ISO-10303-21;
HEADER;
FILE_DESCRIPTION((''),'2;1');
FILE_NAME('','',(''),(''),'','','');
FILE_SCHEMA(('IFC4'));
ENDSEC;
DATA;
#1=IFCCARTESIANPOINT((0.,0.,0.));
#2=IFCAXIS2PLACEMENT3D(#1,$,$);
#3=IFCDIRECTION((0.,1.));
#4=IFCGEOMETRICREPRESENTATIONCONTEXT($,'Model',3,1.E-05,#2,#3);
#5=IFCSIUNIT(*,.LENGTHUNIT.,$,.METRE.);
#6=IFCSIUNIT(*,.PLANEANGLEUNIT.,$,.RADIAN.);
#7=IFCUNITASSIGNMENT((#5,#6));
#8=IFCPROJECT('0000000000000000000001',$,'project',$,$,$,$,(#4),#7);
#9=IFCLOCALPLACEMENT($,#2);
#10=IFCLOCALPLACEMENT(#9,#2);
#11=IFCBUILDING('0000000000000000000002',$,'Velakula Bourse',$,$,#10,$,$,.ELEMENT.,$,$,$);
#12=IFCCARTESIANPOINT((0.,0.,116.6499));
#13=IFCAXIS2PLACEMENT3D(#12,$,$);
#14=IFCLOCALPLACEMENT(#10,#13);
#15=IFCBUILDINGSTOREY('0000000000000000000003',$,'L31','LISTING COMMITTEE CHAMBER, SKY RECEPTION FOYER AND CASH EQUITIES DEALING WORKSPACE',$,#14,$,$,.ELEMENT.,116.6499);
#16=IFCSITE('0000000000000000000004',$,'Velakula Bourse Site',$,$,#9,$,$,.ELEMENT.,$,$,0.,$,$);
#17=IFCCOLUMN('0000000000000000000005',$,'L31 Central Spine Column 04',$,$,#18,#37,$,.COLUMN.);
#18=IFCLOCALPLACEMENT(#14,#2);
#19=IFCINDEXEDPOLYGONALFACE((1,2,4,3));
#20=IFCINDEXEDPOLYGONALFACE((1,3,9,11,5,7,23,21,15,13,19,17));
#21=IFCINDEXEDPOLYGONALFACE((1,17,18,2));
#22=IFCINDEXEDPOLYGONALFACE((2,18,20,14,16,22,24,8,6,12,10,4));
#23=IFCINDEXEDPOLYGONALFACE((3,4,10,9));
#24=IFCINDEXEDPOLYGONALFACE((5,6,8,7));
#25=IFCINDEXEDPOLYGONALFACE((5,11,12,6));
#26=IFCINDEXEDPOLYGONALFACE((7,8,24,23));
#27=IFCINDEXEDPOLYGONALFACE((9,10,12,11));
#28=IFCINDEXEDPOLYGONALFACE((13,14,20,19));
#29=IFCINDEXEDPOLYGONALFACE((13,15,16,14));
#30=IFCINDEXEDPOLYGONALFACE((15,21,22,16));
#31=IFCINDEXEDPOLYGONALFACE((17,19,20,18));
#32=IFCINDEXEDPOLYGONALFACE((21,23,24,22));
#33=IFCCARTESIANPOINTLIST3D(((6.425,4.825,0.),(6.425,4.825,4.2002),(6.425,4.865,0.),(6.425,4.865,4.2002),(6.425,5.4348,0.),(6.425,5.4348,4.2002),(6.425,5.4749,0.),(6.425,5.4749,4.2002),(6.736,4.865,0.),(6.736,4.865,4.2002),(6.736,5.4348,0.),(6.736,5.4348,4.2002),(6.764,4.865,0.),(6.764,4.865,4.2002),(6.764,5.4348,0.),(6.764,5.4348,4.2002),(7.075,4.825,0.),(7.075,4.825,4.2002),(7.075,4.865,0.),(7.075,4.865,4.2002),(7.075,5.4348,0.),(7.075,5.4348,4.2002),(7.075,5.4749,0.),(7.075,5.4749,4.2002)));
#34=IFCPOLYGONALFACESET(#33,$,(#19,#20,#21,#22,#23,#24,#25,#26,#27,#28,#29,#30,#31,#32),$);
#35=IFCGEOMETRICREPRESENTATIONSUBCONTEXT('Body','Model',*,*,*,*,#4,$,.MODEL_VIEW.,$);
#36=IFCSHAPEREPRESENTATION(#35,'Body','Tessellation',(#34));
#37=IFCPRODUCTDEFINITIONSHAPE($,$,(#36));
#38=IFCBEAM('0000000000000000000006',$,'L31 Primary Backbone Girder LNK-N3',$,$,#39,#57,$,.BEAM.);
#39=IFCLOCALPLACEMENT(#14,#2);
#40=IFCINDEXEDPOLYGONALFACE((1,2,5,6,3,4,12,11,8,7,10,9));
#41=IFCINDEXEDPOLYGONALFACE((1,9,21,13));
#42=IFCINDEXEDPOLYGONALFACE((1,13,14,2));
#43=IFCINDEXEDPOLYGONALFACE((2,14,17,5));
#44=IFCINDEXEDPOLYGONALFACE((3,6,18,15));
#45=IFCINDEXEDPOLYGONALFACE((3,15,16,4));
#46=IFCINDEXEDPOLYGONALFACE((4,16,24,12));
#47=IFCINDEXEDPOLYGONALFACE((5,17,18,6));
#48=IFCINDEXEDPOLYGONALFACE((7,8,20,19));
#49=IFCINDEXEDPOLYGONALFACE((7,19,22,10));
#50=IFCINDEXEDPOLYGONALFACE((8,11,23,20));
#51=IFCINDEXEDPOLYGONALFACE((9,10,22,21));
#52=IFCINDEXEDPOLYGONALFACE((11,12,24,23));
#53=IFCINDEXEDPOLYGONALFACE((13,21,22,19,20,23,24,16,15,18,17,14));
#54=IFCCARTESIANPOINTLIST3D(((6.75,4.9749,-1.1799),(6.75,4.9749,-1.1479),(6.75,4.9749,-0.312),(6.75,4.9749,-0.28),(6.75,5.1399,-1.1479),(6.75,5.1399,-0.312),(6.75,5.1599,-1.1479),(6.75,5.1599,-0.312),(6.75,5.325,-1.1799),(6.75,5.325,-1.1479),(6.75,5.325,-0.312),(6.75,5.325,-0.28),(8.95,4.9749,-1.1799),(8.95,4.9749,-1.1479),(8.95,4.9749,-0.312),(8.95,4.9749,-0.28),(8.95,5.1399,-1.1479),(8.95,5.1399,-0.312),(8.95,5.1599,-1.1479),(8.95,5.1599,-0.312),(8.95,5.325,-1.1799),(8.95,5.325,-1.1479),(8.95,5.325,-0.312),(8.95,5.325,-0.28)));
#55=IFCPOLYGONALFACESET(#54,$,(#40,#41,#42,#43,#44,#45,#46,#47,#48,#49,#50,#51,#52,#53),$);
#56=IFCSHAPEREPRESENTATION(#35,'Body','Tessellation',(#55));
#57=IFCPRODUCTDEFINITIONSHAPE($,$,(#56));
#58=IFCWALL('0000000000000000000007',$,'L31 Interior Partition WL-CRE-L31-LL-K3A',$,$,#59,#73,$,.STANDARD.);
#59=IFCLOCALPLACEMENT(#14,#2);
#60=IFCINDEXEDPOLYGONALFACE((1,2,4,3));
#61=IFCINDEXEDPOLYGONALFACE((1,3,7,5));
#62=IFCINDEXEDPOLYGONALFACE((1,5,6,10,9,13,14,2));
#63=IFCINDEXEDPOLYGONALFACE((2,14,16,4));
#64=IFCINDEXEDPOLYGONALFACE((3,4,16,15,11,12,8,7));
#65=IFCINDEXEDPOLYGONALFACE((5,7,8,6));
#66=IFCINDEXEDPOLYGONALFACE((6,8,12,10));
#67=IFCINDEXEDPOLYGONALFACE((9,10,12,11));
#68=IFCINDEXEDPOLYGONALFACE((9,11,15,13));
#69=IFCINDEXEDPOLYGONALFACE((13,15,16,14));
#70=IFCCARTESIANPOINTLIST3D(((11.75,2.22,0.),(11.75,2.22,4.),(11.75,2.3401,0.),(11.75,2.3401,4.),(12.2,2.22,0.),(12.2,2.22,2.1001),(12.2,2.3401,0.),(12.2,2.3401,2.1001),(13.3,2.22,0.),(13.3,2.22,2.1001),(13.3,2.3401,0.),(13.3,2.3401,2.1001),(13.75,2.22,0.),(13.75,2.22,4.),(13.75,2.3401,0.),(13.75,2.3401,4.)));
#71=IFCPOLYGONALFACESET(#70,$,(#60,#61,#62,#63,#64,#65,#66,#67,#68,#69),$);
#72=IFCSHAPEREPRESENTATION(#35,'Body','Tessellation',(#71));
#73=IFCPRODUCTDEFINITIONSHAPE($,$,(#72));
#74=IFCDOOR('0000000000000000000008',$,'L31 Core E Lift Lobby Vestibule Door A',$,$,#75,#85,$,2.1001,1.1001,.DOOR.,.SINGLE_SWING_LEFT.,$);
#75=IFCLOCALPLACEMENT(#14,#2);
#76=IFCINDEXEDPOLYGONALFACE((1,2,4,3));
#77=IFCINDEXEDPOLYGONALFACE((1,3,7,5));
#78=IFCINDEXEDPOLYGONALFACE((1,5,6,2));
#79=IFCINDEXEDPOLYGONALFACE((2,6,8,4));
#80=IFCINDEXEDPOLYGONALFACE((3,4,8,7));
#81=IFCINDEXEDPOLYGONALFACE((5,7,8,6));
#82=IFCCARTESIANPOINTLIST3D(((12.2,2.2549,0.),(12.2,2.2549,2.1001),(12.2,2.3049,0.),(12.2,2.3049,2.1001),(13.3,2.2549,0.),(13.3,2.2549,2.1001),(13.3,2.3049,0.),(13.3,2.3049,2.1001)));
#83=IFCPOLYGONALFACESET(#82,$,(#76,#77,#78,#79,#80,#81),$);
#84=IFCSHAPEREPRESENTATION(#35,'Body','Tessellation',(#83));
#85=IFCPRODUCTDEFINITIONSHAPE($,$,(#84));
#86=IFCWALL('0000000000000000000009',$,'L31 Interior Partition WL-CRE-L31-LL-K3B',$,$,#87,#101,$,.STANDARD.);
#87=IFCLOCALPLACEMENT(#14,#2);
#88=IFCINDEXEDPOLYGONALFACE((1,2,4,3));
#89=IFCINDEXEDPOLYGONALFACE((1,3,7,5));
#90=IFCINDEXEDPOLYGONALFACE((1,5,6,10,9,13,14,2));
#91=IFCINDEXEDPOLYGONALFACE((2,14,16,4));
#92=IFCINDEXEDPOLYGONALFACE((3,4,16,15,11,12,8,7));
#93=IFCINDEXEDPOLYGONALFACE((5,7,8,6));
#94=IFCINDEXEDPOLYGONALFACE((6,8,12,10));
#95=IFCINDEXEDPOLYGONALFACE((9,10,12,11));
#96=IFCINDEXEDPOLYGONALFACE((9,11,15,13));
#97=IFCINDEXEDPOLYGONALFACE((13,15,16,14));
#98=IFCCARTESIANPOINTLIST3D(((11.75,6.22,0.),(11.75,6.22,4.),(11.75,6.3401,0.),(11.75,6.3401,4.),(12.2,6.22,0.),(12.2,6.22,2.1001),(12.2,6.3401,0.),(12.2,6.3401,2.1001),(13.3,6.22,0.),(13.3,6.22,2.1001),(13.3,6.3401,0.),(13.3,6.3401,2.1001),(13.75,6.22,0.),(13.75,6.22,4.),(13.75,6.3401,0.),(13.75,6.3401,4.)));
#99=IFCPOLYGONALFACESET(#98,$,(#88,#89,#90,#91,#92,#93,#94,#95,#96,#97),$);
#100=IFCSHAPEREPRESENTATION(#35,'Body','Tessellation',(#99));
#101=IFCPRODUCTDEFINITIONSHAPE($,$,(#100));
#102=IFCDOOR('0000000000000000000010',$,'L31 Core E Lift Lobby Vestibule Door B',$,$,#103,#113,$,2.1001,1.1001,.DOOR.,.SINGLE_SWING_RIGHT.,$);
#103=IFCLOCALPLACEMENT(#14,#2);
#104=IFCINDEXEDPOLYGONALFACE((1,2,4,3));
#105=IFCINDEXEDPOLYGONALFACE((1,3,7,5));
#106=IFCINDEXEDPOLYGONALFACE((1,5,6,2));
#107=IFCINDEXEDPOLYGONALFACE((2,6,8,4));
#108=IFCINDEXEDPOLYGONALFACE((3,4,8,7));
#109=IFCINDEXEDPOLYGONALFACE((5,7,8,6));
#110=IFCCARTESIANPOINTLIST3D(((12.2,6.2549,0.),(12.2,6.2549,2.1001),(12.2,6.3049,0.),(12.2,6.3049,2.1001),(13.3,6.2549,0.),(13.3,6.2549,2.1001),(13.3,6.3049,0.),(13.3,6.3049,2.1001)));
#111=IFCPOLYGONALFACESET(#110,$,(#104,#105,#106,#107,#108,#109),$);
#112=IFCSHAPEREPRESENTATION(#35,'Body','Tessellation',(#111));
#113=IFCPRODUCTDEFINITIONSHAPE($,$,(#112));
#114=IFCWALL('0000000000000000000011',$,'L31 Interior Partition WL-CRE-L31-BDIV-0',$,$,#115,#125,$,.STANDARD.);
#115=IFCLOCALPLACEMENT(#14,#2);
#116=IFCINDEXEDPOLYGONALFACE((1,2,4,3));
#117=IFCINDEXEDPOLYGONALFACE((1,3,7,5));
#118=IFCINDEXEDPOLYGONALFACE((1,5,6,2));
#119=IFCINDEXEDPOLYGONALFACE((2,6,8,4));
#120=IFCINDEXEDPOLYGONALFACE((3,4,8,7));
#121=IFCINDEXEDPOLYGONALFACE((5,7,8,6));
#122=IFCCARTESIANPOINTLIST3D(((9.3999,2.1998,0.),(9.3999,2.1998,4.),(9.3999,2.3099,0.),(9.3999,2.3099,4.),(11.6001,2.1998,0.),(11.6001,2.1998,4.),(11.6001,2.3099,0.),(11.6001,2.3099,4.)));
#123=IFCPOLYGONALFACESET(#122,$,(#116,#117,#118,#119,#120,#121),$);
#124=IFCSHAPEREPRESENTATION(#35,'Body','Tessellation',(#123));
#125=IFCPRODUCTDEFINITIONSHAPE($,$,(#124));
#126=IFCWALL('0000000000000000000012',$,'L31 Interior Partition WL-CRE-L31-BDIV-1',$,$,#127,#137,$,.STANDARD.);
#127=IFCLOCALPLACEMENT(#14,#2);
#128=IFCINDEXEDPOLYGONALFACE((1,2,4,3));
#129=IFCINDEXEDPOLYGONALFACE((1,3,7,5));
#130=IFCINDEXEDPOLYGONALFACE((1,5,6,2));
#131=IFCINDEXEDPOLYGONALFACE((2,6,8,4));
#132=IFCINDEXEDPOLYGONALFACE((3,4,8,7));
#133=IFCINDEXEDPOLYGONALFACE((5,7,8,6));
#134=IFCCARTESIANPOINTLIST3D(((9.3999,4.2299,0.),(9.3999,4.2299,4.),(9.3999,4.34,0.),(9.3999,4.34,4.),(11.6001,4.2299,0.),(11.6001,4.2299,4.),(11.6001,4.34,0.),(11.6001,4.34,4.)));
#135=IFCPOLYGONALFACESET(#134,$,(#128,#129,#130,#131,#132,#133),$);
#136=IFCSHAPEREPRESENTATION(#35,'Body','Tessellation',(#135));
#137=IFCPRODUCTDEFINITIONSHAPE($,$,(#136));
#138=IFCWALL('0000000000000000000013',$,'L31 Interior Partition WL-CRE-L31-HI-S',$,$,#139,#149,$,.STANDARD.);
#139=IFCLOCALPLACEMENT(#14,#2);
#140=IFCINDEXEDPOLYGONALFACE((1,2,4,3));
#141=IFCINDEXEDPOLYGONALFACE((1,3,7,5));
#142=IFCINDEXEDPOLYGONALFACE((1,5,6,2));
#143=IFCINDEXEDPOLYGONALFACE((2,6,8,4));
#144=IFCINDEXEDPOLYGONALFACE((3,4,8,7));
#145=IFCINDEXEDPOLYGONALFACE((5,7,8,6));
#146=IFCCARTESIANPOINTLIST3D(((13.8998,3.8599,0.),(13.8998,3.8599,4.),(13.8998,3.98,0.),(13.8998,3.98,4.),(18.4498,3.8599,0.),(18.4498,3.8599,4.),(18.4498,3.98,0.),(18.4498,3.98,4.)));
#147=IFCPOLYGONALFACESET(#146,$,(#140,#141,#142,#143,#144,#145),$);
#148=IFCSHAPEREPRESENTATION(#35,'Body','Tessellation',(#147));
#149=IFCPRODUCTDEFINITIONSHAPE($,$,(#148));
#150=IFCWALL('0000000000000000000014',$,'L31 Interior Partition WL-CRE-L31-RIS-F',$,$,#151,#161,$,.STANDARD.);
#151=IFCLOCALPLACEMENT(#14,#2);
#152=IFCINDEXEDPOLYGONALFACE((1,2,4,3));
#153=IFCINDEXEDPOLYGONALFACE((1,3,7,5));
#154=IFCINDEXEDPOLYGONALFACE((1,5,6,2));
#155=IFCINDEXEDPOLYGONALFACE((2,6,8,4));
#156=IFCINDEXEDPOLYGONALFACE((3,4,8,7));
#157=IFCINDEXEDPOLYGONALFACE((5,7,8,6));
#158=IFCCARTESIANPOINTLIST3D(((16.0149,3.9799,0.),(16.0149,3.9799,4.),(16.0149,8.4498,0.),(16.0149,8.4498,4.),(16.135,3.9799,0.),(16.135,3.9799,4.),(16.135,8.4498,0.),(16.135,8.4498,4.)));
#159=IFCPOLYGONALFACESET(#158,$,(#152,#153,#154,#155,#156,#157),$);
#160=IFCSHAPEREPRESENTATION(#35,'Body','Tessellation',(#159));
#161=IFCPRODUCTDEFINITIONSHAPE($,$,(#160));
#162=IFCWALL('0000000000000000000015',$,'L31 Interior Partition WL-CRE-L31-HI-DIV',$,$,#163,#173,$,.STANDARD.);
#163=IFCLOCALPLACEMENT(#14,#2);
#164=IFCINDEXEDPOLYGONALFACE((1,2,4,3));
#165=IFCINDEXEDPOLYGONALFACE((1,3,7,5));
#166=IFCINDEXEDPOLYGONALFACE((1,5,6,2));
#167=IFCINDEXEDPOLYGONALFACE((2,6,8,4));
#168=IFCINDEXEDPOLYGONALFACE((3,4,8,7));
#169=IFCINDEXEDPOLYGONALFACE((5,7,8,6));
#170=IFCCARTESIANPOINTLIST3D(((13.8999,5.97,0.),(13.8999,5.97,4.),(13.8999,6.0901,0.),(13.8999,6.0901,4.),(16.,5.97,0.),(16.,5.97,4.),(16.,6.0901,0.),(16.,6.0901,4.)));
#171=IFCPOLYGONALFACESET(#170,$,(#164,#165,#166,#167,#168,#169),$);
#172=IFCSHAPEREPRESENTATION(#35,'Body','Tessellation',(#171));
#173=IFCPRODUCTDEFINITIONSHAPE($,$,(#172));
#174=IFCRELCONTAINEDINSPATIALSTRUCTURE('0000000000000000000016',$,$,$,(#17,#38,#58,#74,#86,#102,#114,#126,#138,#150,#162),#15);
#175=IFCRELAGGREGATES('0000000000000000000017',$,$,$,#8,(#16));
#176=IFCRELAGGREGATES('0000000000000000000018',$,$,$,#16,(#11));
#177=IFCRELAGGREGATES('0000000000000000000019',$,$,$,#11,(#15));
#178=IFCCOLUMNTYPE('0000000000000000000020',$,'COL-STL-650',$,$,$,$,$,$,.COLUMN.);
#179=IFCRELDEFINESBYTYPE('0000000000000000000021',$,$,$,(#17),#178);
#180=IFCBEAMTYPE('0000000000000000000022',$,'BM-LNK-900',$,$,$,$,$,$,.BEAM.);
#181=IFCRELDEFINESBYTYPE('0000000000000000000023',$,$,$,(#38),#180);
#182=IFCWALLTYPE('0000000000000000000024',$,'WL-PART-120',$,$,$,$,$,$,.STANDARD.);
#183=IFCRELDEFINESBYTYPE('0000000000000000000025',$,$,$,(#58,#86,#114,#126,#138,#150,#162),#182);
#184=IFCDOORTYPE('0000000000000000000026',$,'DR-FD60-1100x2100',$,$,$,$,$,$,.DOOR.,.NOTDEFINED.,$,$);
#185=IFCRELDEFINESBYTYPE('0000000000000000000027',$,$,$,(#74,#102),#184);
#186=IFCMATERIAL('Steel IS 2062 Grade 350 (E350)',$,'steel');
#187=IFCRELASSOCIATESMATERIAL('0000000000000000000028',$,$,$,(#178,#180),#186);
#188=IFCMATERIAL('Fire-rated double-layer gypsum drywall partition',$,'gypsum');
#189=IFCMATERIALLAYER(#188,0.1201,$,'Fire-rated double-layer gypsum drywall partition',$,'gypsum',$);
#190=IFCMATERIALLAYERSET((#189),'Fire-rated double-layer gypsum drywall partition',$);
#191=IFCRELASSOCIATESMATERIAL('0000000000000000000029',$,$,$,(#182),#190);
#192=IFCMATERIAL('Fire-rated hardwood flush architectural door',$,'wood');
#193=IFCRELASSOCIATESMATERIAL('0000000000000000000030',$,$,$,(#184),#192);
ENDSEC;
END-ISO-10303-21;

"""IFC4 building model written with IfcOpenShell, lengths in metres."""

from ifc_helpers import new_model, si_unit, direction, frame, frame_2d, origin, origin_2d, place, context, subcontext, project, spatial, rectangle, i_section, extrude, material, layer, layer_set, material_profile, profile_set, type_object, element, fill, save


model = new_model("IFC4")

# Units and contexts
model_context = context("Model", 3, precision=1e-05, world=origin(), true_north=direction((0.0, 1.0)))
body_context = subcontext(model_context, "Body", "Model", "MODEL_VIEW")
ifc_project = project(units=[si_unit("LENGTHUNIT", "METRE"), si_unit("PLANEANGLEUNIT", "RADIAN")], contexts=[model_context])

# Site, building, storey
site_placement = place(None, origin())
site = spatial("IfcSite", under=ifc_project, at=site_placement, Name="Velakula Bourse Site", CompositionType="ELEMENT", RefElevation=0.0)
building_placement = place(site_placement, origin())
building = spatial("IfcBuilding", under=site, at=building_placement, Name="Velakula Bourse", CompositionType="ELEMENT")
storey_placement = place(building_placement, frame((0.0, 0.0, 116.6499)))
storey = spatial("IfcBuildingStorey", under=building, at=storey_placement, Name="L31", Description="LISTING COMMITTEE CHAMBER, SKY RECEPTION FOYER AND CASH EQUITIES DEALING WORKSPACE", CompositionType="ELEMENT", Elevation=116.6499)

# Column
ifc_material_1 = material(Name="Steel IS 2062 Grade 350 (E350)", Category="steel")
ifc_material_profile_1 = material_profile(ifc_material_1, i_section(OverallWidth=0.6499, OverallDepth=0.6499, WebThickness=0.0281, FlangeThickness=0.04, at=origin_2d()), Name="Steel IS 2062 Grade 350 (E350)")
ifc_profile_set_1 = profile_set([ifc_material_profile_1], Name="Steel IS 2062 Grade 350 (E350)")
column_type = type_object("IfcColumnType", Name="COL-STL-650", PredefinedType="COLUMN", material=ifc_profile_set_1)
column_placement = place(storey_placement, frame((6.75, 5.1499, 0.0), z_axis=(0.0, 0.0, 1.0), x_axis=(1.0, 0.0, 0.0)))
element("IfcColumn", 1, at=column_placement, inside=storey, type_object=column_type, Name="L31 Central Spine Column 04", PredefinedType="COLUMN", context=body_context, shape_type="SweptSolid", body=[
    extrude(i_section(OverallWidth=0.6499, OverallDepth=0.6499, WebThickness=0.0281, FlangeThickness=0.04, at=origin_2d()), origin(), (0.0, 0.0, 1.0), 4.2002),
])

# Beam
ifc_material_profile_2 = material_profile(ifc_material_1, i_section(OverallWidth=0.3501, OverallDepth=0.8999, WebThickness=0.02, FlangeThickness=0.032, at=origin_2d()), Name="Steel IS 2062 Grade 350 (E350)")
ifc_profile_set_2 = profile_set([ifc_material_profile_2], Name="Steel IS 2062 Grade 350 (E350)")
beam_type = type_object("IfcBeamType", Name="BM-LNK-900", PredefinedType="BEAM", material=ifc_profile_set_2)
beam_placement = place(storey_placement, frame((6.75, 5.1499, -0.73), z_axis=(1.0, 0.0, 0.0), x_axis=(0.0, 1.0, 0.0)))
element("IfcBeam", 2, at=beam_placement, inside=storey, type_object=beam_type, Name="L31 Primary Backbone Girder LNK-N3", PredefinedType="BEAM", context=body_context, shape_type="SweptSolid", body=[
    extrude(i_section(OverallWidth=0.3501, OverallDepth=0.8999, WebThickness=0.02, FlangeThickness=0.032, at=origin_2d()), origin(), (0.0, 0.0, 1.0), 2.2),
])

# Walls, openings, doors
ifc_material_2 = material(Name="Fire-rated double-layer gypsum drywall partition", Category="gypsum")
ifc_layer_1 = layer(ifc_material_2, 0.1201, Name="Fire-rated double-layer gypsum drywall partition", Category="gypsum")
ifc_layer_set_1 = layer_set([ifc_layer_1], Name="Fire-rated double-layer gypsum drywall partition")
wall_type_1 = type_object("IfcWallType", Name="WL-PART-120", PredefinedType="STANDARD", material=ifc_layer_set_1)
wall_1_placement = place(storey_placement, frame((11.75, 2.28, 0.0), z_axis=(0.0, 0.0, 1.0), x_axis=(1.0, 0.0, 0.0)))
wall_1 = element("IfcWall", 3, at=wall_1_placement, inside=storey, type_object=wall_type_1, Name="L31 Interior Partition WL-CRE-L31-LL-K3A", PredefinedType="STANDARD", context=body_context, shape_type="SweptSolid", body=[
    extrude(rectangle(XDim=2.0, YDim=0.1201, at=frame_2d((1.0, 0.0))), origin(), (0.0, 0.0, 1.0), 4.0),
])
opening_1_placement = place(wall_1_placement, frame((0.45, 0.0, 0.0)))
opening_1 = element("IfcOpeningElement", 4, at=opening_1_placement, cuts=wall_1, PredefinedType="OPENING", context=body_context, shape_type="SweptSolid", body=[
    extrude(rectangle(XDim=1.1001, YDim=2.1001, at=frame_2d((0.55, 1.05))), frame((0.0, 0.0701, 0.0), z_axis=(0.0, -1.0, 0.0), x_axis=(1.0, 0.0, 0.0)), (0.0, 0.0, 1.0), 0.1401),
])
ifc_material_3 = material(Name="Fire-rated hardwood flush architectural door", Category="wood")
door_type_1 = type_object("IfcDoorType", Name="DR-FD60-1100x2100", OperationType="NOTDEFINED", PredefinedType="DOOR", material=ifc_material_3)
door_1_placement = place(opening_1_placement, origin())
door_1 = element("IfcDoor", 5, at=door_1_placement, inside=storey, type_object=door_type_1, Name="L31 Core E Lift Lobby Vestibule Door A", OperationType="SINGLE_SWING_LEFT", OverallHeight=2.1001, OverallWidth=1.1001, PredefinedType="DOOR", context=body_context, shape_type="SweptSolid", body=[
    extrude(rectangle(XDim=1.1001, YDim=2.1001, at=frame_2d((0.55, 1.05))), frame((0.0, 0.0249, 0.0), z_axis=(0.0, -1.0, 0.0), x_axis=(1.0, 0.0, 0.0)), (0.0, 0.0, 1.0), 0.05),
])
fill(opening_1, door_1)
wall_2_placement = place(storey_placement, frame((11.75, 6.28, 0.0), z_axis=(0.0, 0.0, 1.0), x_axis=(1.0, 0.0, 0.0)))
wall_2 = element("IfcWall", 6, at=wall_2_placement, inside=storey, type_object=wall_type_1, Name="L31 Interior Partition WL-CRE-L31-LL-K3B", PredefinedType="STANDARD", context=body_context, shape_type="SweptSolid", body=[
    extrude(rectangle(XDim=2.0, YDim=0.1201, at=frame_2d((1.0, 0.0))), origin(), (0.0, 0.0, 1.0), 4.0),
])
opening_2_placement = place(wall_2_placement, frame((0.45, 0.0, 0.0)))
opening_2 = element("IfcOpeningElement", 7, at=opening_2_placement, cuts=wall_2, PredefinedType="OPENING", context=body_context, shape_type="SweptSolid", body=[
    extrude(rectangle(XDim=1.1001, YDim=2.1001, at=frame_2d((0.55, 1.05))), frame((0.0, 0.0701, 0.0), z_axis=(0.0, -1.0, 0.0), x_axis=(1.0, 0.0, 0.0)), (0.0, 0.0, 1.0), 0.1401),
])
door_2_placement = place(opening_2_placement, origin())
door_2 = element("IfcDoor", 8, at=door_2_placement, inside=storey, type_object=door_type_1, Name="L31 Core E Lift Lobby Vestibule Door B", OperationType="SINGLE_SWING_RIGHT", OverallHeight=2.1001, OverallWidth=1.1001, PredefinedType="DOOR", context=body_context, shape_type="SweptSolid", body=[
    extrude(rectangle(XDim=1.1001, YDim=2.1001, at=frame_2d((0.55, 1.05))), frame((0.0, 0.0249, 0.0), z_axis=(0.0, -1.0, 0.0), x_axis=(1.0, 0.0, 0.0)), (0.0, 0.0, 1.0), 0.05),
])
fill(opening_2, door_2)

# Walls
for number, where, z_axis, x_axis, name in (
    (9, (9.3999, 2.2549, 0.0), (0.0, 0.0, 1.0), (1.0, 0.0, 0.0), "L31 Interior Partition WL-CRE-L31-BDIV-0"),
    (10, (9.3999, 4.2849, 0.0), (0.0, 0.0, 1.0), (1.0, 0.0, 0.0), "L31 Interior Partition WL-CRE-L31-BDIV-1"),
):
    element("IfcWall", number, at=place(storey_placement, frame(where, z_axis=z_axis, x_axis=x_axis)), inside=storey, type_object=wall_type_1, Name=name, PredefinedType="STANDARD", context=body_context, shape_type="SweptSolid", body=[
        extrude(rectangle(XDim=2.2002, YDim=0.1101, at=frame_2d((1.1001, 0.0))), origin(), (0.0, 0.0, 1.0), 4.0),
    ])
wall_3_placement = place(storey_placement, frame((13.8999, 3.9199, 0.0), z_axis=(0.0, 0.0, 1.0), x_axis=(1.0, 0.0, 0.0)))
element("IfcWall", 11, at=wall_3_placement, inside=storey, type_object=wall_type_1, Name="L31 Interior Partition WL-CRE-L31-HI-S", PredefinedType="STANDARD", context=body_context, shape_type="SweptSolid", body=[
    extrude(rectangle(XDim=4.55, YDim=0.1201, at=frame_2d((2.2749, 0.0))), origin(), (0.0, 0.0, 1.0), 4.0),
])
wall_4_placement = place(storey_placement, frame((16.075, 3.98, 0.0), z_axis=(0.0, 0.0, 1.0), x_axis=(0.0, 1.0, 0.0)))
element("IfcWall", 12, at=wall_4_placement, inside=storey, type_object=wall_type_1, Name="L31 Interior Partition WL-CRE-L31-RIS-F", PredefinedType="STANDARD", context=body_context, shape_type="SweptSolid", body=[
    extrude(rectangle(XDim=4.47, YDim=0.1201, at=frame_2d((2.2349, 0.0))), origin(), (0.0, 0.0, 1.0), 4.0),
])
wall_5_placement = place(storey_placement, frame((13.8999, 6.03, 0.0), z_axis=(0.0, 0.0, 1.0), x_axis=(1.0, 0.0, 0.0)))
element("IfcWall", 13, at=wall_5_placement, inside=storey, type_object=wall_type_1, Name="L31 Interior Partition WL-CRE-L31-HI-DIV", PredefinedType="STANDARD", context=body_context, shape_type="SweptSolid", body=[
    extrude(rectangle(XDim=2.1001, YDim=0.1201, at=frame_2d((1.05, 0.0))), origin(), (0.0, 0.0, 1.0), 4.0),
])

save(model, "model.ifc")
